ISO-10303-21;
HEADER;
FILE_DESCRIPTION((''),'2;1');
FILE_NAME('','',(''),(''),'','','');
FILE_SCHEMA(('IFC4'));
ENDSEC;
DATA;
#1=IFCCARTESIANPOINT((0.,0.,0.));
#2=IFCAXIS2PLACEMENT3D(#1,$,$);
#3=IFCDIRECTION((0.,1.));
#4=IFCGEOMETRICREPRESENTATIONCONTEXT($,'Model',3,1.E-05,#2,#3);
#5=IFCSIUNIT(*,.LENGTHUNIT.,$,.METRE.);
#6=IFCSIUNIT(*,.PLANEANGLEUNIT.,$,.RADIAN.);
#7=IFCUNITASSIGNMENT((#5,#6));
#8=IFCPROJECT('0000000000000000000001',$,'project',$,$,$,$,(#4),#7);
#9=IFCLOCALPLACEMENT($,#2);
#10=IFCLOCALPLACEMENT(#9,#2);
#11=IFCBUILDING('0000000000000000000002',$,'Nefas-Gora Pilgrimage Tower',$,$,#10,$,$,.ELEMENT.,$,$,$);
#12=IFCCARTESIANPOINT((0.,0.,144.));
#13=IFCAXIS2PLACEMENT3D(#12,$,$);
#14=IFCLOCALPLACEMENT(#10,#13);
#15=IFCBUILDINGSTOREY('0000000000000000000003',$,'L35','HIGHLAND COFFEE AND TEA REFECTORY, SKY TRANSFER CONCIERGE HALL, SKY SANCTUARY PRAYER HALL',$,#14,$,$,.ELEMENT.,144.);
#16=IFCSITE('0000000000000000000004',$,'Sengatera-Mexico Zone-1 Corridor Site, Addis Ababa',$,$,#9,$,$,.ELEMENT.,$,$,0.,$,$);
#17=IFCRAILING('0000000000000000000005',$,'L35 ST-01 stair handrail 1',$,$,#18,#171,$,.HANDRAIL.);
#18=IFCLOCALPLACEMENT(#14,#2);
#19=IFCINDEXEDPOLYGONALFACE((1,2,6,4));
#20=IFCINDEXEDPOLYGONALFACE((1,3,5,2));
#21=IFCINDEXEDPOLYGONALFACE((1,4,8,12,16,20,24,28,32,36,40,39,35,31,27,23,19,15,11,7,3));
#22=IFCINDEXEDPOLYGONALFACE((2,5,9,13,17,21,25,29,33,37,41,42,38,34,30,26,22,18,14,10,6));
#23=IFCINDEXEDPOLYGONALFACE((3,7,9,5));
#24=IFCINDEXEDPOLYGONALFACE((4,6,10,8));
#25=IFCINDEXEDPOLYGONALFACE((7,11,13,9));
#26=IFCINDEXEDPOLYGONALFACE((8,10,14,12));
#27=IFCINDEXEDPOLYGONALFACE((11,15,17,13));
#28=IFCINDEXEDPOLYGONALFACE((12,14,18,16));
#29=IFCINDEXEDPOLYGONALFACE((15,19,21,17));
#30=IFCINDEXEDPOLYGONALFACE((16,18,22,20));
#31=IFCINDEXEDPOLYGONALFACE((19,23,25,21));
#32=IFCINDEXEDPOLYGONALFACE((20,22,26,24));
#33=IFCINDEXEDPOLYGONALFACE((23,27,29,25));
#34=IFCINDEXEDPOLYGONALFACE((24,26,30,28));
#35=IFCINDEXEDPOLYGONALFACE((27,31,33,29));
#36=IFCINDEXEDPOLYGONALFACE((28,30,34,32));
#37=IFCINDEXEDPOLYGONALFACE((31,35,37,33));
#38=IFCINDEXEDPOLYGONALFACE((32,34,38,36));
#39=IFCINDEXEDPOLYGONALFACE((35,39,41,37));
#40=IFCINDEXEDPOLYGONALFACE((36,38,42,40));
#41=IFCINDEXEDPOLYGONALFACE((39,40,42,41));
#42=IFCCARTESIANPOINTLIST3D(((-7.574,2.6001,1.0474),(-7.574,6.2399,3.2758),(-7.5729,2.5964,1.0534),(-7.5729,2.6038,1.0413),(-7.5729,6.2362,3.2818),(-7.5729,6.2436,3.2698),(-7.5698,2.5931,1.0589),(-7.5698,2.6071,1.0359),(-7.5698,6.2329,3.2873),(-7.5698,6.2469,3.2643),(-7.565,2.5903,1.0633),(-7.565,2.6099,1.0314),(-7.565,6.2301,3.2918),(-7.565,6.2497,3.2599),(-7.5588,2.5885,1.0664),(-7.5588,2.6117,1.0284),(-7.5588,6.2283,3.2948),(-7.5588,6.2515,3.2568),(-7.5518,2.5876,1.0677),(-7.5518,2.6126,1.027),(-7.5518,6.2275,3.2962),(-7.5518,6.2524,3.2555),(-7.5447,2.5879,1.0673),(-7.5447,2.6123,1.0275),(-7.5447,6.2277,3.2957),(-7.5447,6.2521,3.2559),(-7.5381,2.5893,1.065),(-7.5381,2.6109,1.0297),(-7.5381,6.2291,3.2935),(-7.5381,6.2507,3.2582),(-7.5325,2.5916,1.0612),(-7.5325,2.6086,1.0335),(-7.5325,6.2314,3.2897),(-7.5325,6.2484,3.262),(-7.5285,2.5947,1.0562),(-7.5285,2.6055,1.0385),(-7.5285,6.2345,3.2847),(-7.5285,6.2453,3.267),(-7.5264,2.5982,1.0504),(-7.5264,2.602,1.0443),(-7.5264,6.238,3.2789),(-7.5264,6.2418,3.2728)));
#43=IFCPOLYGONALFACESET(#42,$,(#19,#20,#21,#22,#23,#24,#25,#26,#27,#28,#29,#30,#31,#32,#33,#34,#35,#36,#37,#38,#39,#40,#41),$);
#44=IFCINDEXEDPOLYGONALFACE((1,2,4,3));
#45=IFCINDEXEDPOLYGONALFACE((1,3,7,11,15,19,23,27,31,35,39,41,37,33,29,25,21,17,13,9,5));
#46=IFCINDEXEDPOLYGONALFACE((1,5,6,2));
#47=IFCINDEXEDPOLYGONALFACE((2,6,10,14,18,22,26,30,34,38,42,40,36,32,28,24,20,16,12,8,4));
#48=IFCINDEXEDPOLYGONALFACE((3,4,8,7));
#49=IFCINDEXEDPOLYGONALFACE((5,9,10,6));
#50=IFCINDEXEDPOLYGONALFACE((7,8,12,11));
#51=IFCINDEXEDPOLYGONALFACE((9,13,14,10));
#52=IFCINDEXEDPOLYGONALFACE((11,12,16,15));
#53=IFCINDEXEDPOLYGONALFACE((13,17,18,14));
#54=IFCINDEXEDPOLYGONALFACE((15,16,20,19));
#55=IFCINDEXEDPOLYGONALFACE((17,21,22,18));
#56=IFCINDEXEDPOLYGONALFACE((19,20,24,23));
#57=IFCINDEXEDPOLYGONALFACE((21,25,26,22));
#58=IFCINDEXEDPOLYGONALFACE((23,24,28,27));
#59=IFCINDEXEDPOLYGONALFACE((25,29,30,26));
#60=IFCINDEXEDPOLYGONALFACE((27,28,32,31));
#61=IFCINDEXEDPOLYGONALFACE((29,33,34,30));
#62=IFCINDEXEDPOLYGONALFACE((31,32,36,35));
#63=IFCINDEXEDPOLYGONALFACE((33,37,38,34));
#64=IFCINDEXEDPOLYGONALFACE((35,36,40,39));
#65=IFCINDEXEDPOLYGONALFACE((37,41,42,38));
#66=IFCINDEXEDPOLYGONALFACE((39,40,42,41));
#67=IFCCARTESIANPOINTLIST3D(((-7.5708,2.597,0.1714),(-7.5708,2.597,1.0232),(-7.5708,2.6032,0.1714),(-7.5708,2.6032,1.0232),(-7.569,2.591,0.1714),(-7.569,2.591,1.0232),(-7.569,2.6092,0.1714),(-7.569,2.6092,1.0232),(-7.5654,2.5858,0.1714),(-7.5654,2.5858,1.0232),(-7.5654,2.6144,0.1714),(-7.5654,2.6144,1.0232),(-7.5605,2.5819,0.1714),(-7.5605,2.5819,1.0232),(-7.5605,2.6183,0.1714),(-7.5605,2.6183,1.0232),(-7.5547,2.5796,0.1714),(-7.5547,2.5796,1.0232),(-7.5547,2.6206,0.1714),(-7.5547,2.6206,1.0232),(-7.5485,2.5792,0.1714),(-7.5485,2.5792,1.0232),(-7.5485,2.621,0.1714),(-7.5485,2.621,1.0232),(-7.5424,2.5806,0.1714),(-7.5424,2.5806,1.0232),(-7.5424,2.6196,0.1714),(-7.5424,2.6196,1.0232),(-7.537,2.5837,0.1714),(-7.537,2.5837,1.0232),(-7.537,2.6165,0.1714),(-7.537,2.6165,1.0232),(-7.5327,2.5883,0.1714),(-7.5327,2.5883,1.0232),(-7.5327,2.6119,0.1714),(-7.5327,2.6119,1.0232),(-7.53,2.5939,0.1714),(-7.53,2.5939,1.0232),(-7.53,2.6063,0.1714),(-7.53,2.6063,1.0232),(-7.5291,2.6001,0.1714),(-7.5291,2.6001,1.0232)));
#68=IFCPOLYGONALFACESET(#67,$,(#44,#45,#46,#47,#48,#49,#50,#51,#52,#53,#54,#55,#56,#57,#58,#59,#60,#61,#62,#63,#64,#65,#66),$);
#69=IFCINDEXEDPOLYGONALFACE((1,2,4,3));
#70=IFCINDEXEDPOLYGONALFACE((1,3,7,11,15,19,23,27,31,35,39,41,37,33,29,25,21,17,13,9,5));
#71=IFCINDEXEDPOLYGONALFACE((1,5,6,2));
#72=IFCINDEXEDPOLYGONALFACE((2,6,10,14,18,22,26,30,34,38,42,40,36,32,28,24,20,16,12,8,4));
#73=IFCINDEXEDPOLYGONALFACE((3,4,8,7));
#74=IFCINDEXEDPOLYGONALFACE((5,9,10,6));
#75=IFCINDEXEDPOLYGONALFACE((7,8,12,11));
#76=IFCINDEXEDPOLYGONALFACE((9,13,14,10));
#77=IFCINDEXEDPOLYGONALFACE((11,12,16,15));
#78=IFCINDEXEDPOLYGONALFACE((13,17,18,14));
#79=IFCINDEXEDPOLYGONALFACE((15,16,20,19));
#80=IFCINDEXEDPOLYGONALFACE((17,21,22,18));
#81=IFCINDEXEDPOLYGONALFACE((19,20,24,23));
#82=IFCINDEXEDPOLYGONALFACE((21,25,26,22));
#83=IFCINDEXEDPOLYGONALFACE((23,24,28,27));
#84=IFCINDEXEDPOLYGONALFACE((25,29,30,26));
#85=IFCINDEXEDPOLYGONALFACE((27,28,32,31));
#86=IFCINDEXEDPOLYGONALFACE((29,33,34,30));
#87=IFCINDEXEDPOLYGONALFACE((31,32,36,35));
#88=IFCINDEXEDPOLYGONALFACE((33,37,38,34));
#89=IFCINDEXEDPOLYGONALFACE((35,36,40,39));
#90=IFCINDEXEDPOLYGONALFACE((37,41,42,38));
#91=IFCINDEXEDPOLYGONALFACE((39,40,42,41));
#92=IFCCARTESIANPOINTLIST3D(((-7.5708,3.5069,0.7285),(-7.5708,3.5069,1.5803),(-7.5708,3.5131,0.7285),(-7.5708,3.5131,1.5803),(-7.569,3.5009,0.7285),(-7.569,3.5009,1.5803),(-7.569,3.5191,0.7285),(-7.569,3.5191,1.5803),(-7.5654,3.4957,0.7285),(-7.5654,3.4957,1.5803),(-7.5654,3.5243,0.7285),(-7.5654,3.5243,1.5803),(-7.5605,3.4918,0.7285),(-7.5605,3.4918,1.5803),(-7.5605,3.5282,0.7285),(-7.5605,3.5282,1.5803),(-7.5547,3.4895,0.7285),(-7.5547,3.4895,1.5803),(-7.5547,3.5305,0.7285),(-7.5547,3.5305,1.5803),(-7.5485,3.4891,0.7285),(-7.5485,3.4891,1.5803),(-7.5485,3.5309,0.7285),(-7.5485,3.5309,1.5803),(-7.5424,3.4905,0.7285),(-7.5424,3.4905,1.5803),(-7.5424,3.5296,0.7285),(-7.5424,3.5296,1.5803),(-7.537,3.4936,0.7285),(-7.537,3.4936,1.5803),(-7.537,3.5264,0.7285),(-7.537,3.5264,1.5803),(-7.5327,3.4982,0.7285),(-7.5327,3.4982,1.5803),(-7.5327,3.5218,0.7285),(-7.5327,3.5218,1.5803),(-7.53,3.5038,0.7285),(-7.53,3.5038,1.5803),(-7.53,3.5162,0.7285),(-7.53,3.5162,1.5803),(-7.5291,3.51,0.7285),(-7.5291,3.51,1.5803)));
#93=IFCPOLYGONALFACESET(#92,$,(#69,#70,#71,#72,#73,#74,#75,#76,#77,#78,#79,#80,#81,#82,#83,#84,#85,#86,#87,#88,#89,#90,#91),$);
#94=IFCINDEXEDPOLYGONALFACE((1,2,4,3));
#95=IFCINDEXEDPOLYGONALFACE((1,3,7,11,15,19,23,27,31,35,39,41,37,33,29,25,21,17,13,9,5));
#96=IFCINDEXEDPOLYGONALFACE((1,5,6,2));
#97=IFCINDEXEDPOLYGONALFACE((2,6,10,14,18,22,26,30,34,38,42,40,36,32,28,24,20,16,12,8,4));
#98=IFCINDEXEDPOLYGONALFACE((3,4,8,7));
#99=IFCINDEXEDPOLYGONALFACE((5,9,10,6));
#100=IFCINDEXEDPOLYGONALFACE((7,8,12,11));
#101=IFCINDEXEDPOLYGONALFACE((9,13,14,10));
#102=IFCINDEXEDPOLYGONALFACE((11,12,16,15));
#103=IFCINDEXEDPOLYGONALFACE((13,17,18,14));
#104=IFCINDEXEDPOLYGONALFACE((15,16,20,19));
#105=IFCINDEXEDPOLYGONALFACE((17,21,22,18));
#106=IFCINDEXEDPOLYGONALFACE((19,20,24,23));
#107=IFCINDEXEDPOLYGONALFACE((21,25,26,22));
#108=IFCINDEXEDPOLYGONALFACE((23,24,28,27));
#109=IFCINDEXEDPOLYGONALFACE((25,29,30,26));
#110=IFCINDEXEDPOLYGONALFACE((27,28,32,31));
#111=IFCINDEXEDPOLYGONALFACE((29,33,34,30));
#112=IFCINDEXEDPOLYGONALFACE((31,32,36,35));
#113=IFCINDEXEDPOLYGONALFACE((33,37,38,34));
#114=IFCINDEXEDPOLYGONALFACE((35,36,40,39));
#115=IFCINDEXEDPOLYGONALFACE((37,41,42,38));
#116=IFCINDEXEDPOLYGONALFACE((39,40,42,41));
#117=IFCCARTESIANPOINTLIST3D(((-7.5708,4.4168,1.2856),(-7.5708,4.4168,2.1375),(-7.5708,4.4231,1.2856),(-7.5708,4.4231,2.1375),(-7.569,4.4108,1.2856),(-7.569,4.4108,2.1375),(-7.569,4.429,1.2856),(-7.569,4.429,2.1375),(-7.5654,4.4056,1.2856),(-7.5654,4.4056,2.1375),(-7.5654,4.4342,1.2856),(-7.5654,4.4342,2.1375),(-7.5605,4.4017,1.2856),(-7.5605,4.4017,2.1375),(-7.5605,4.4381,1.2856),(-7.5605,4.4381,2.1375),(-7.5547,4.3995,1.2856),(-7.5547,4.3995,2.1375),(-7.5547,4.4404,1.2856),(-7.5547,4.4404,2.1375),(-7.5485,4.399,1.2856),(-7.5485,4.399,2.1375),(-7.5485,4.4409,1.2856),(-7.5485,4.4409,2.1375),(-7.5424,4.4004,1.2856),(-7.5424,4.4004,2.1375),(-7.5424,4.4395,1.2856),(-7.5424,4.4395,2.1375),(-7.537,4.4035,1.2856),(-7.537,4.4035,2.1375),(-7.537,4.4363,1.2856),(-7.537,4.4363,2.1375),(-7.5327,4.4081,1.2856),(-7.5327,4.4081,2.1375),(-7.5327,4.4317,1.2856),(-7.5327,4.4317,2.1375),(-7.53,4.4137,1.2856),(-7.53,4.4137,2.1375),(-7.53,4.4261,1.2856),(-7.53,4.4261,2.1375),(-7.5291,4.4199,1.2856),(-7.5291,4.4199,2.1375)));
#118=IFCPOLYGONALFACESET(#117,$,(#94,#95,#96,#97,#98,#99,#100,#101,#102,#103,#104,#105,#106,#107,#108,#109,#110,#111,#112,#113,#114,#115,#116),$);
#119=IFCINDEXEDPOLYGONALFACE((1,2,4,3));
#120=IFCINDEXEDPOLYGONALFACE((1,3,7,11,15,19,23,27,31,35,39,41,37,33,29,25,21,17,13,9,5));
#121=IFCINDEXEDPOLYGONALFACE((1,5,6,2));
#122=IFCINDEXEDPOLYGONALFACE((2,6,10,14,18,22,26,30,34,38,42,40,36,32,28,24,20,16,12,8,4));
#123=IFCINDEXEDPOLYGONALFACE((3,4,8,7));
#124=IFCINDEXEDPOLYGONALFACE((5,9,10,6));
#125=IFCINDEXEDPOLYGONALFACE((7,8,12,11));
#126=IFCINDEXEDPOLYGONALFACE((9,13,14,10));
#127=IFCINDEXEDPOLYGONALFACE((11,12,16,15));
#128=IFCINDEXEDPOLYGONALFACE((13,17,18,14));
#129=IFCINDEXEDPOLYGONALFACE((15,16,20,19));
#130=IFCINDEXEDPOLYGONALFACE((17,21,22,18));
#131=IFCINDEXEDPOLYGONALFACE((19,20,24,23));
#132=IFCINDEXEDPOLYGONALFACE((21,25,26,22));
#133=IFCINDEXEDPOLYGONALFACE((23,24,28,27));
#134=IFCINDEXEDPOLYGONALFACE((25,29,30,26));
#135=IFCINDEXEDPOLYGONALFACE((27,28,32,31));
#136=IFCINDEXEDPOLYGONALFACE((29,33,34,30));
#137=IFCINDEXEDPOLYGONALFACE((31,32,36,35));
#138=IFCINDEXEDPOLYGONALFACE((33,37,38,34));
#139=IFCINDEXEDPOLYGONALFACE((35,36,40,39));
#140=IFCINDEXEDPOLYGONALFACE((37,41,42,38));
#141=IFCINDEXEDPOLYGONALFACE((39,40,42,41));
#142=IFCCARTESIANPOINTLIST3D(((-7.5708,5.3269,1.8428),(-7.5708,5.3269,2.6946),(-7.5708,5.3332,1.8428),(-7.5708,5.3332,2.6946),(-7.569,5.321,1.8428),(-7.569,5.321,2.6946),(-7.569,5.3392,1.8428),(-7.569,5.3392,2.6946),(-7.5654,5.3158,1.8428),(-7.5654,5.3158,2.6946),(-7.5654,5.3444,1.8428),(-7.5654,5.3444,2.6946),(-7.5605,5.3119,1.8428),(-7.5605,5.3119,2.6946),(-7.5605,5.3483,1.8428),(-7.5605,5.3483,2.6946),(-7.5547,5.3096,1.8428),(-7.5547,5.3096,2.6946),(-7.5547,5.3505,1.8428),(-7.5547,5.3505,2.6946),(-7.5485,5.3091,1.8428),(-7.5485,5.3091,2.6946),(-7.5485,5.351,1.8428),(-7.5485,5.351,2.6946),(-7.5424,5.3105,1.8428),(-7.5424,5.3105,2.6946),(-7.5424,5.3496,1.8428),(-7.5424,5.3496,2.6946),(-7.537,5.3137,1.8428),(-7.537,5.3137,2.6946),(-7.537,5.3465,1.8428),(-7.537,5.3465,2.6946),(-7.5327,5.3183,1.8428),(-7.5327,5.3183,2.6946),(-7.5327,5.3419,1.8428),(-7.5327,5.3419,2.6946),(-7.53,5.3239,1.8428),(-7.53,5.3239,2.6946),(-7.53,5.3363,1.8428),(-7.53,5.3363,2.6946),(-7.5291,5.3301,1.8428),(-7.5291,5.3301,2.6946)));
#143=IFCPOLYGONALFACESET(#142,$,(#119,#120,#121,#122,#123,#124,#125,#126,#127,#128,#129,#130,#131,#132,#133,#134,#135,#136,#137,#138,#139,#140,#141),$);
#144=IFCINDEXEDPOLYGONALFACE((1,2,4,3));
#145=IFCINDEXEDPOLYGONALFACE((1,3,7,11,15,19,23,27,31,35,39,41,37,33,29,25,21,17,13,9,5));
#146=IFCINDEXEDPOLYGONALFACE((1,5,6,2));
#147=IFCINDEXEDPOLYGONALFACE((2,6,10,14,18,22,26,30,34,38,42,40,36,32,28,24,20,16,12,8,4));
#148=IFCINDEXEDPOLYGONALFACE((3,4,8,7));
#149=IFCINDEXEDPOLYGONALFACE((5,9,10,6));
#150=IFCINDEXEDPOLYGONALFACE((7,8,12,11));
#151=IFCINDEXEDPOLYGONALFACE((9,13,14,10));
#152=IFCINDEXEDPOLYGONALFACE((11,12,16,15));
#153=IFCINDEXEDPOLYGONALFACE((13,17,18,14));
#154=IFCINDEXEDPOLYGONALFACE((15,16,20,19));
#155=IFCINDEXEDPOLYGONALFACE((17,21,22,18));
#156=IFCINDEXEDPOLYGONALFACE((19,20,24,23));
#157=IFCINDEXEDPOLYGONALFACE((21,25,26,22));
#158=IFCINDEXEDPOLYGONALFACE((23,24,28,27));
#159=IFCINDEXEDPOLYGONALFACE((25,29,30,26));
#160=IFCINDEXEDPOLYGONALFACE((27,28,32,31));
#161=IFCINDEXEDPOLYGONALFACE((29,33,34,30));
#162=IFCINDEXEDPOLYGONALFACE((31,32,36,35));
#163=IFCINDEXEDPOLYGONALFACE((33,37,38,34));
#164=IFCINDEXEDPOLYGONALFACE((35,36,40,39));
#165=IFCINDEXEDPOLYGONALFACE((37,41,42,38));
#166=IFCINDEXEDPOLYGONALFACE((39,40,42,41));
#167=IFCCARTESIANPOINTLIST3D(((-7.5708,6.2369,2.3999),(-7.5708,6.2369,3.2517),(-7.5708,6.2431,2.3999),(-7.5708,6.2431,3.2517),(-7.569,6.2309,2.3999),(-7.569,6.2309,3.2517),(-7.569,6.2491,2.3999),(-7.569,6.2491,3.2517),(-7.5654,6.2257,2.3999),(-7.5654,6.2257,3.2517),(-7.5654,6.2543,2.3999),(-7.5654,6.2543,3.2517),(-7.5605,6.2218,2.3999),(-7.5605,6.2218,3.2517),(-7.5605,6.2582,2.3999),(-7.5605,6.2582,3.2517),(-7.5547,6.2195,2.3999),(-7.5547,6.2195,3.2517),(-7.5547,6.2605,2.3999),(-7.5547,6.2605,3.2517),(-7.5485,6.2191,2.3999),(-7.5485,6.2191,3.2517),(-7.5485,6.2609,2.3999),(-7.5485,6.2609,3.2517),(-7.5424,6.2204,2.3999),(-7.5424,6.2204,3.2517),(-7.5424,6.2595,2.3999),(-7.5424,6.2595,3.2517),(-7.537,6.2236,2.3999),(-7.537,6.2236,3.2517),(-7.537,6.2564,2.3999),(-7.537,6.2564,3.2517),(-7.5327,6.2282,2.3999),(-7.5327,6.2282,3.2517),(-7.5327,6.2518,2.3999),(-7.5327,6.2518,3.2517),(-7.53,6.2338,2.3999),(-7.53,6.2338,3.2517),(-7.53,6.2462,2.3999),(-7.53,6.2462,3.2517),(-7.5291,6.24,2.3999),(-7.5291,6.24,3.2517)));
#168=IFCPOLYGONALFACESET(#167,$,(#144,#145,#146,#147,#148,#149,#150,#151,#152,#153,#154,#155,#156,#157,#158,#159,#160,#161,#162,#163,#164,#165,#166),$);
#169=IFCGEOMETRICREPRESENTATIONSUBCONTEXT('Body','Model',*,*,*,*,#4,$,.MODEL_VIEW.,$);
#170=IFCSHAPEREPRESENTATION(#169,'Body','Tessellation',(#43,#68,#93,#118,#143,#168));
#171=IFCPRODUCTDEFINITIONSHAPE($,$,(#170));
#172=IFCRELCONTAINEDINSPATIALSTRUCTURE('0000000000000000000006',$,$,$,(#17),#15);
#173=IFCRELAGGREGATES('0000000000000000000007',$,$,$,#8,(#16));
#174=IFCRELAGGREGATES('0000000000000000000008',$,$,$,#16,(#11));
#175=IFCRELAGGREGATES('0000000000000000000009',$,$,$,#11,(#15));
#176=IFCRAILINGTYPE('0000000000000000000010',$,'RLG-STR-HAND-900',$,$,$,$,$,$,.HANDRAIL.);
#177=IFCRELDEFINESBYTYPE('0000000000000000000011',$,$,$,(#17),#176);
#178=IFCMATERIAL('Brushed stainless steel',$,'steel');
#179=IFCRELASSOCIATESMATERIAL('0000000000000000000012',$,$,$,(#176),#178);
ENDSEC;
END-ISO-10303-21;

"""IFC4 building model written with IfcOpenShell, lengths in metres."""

from ifc_helpers import new_model, si_unit, direction, frame, origin, origin_2d, place, context, subcontext, project, spatial, circle, extrude, material, type_object, element, save


model = new_model("IFC4")

# Units and contexts
model_context = context("Model", 3, precision=1e-05, world=origin(), true_north=direction((0.0, 1.0)))
body_context = subcontext(model_context, "Body", "Model", "MODEL_VIEW")
ifc_project = project(units=[si_unit("LENGTHUNIT", "METRE"), si_unit("PLANEANGLEUNIT", "RADIAN")], contexts=[model_context])

# Site, building, storey
site_placement = place(None, origin())
site = spatial("IfcSite", under=ifc_project, at=site_placement, Name="Sengatera-Mexico Zone-1 Corridor Site, Addis Ababa", CompositionType="ELEMENT", RefElevation=0.0)
building_placement = place(site_placement, origin())
building = spatial("IfcBuilding", under=site, at=building_placement, Name="Nefas-Gora Pilgrimage Tower", CompositionType="ELEMENT")
storey_placement = place(building_placement, frame((0.0, 0.0, 144.0)))
storey = spatial("IfcBuildingStorey", under=building, at=storey_placement, Name="L35", Description="HIGHLAND COFFEE AND TEA REFECTORY, SKY TRANSFER CONCIERGE HALL, SKY SANCTUARY PRAYER HALL", CompositionType="ELEMENT", Elevation=144.0)

# Railing
ifc_material_1 = material(Name="Brushed stainless steel", Category="steel")
railing_type_1 = type_object("IfcRailingType", Name="RLG-STR-HAND-900", PredefinedType="HANDRAIL", material=ifc_material_1)
railing_1_placement = place(storey_placement, frame((-7.55, 2.6001, 0.1714)))
element("IfcRailing", 1, at=railing_1_placement, inside=storey, type_object=railing_type_1, Name="L35 ST-01 stair handrail 1", PredefinedType="HANDRAIL", context=body_context, shape_type="SweptSolid", body=[
    extrude(circle(Radius=0.0239, at=origin_2d()), frame((0.0, 0.0, 0.876), z_axis=(0.0, 0.85285, 0.522156), x_axis=(-1.0, 0.0, 0.0)), (0.0, 0.0, 1.0), 4.2678),
    extrude(circle(Radius=0.021, at=origin_2d()), origin(), (0.0, 0.0, 1.0), 0.8518),
    extrude(circle(Radius=0.021, at=origin_2d()), frame((0.0, 0.9099, 0.5571)), (0.0, 0.0, 1.0), 0.8518),
    extrude(circle(Radius=0.021, at=origin_2d()), frame((0.0, 1.8198, 1.1143)), (0.0, 0.0, 1.0), 0.8518),
    extrude(circle(Radius=0.021, at=origin_2d()), frame((0.0, 2.73, 1.6714)), (0.0, 0.0, 1.0), 0.8518),
    extrude(circle(Radius=0.021, at=origin_2d()), frame((0.0, 3.6399, 2.2285)), (0.0, 0.0, 1.0), 0.8518),
])

save(model, "model.ifc")
